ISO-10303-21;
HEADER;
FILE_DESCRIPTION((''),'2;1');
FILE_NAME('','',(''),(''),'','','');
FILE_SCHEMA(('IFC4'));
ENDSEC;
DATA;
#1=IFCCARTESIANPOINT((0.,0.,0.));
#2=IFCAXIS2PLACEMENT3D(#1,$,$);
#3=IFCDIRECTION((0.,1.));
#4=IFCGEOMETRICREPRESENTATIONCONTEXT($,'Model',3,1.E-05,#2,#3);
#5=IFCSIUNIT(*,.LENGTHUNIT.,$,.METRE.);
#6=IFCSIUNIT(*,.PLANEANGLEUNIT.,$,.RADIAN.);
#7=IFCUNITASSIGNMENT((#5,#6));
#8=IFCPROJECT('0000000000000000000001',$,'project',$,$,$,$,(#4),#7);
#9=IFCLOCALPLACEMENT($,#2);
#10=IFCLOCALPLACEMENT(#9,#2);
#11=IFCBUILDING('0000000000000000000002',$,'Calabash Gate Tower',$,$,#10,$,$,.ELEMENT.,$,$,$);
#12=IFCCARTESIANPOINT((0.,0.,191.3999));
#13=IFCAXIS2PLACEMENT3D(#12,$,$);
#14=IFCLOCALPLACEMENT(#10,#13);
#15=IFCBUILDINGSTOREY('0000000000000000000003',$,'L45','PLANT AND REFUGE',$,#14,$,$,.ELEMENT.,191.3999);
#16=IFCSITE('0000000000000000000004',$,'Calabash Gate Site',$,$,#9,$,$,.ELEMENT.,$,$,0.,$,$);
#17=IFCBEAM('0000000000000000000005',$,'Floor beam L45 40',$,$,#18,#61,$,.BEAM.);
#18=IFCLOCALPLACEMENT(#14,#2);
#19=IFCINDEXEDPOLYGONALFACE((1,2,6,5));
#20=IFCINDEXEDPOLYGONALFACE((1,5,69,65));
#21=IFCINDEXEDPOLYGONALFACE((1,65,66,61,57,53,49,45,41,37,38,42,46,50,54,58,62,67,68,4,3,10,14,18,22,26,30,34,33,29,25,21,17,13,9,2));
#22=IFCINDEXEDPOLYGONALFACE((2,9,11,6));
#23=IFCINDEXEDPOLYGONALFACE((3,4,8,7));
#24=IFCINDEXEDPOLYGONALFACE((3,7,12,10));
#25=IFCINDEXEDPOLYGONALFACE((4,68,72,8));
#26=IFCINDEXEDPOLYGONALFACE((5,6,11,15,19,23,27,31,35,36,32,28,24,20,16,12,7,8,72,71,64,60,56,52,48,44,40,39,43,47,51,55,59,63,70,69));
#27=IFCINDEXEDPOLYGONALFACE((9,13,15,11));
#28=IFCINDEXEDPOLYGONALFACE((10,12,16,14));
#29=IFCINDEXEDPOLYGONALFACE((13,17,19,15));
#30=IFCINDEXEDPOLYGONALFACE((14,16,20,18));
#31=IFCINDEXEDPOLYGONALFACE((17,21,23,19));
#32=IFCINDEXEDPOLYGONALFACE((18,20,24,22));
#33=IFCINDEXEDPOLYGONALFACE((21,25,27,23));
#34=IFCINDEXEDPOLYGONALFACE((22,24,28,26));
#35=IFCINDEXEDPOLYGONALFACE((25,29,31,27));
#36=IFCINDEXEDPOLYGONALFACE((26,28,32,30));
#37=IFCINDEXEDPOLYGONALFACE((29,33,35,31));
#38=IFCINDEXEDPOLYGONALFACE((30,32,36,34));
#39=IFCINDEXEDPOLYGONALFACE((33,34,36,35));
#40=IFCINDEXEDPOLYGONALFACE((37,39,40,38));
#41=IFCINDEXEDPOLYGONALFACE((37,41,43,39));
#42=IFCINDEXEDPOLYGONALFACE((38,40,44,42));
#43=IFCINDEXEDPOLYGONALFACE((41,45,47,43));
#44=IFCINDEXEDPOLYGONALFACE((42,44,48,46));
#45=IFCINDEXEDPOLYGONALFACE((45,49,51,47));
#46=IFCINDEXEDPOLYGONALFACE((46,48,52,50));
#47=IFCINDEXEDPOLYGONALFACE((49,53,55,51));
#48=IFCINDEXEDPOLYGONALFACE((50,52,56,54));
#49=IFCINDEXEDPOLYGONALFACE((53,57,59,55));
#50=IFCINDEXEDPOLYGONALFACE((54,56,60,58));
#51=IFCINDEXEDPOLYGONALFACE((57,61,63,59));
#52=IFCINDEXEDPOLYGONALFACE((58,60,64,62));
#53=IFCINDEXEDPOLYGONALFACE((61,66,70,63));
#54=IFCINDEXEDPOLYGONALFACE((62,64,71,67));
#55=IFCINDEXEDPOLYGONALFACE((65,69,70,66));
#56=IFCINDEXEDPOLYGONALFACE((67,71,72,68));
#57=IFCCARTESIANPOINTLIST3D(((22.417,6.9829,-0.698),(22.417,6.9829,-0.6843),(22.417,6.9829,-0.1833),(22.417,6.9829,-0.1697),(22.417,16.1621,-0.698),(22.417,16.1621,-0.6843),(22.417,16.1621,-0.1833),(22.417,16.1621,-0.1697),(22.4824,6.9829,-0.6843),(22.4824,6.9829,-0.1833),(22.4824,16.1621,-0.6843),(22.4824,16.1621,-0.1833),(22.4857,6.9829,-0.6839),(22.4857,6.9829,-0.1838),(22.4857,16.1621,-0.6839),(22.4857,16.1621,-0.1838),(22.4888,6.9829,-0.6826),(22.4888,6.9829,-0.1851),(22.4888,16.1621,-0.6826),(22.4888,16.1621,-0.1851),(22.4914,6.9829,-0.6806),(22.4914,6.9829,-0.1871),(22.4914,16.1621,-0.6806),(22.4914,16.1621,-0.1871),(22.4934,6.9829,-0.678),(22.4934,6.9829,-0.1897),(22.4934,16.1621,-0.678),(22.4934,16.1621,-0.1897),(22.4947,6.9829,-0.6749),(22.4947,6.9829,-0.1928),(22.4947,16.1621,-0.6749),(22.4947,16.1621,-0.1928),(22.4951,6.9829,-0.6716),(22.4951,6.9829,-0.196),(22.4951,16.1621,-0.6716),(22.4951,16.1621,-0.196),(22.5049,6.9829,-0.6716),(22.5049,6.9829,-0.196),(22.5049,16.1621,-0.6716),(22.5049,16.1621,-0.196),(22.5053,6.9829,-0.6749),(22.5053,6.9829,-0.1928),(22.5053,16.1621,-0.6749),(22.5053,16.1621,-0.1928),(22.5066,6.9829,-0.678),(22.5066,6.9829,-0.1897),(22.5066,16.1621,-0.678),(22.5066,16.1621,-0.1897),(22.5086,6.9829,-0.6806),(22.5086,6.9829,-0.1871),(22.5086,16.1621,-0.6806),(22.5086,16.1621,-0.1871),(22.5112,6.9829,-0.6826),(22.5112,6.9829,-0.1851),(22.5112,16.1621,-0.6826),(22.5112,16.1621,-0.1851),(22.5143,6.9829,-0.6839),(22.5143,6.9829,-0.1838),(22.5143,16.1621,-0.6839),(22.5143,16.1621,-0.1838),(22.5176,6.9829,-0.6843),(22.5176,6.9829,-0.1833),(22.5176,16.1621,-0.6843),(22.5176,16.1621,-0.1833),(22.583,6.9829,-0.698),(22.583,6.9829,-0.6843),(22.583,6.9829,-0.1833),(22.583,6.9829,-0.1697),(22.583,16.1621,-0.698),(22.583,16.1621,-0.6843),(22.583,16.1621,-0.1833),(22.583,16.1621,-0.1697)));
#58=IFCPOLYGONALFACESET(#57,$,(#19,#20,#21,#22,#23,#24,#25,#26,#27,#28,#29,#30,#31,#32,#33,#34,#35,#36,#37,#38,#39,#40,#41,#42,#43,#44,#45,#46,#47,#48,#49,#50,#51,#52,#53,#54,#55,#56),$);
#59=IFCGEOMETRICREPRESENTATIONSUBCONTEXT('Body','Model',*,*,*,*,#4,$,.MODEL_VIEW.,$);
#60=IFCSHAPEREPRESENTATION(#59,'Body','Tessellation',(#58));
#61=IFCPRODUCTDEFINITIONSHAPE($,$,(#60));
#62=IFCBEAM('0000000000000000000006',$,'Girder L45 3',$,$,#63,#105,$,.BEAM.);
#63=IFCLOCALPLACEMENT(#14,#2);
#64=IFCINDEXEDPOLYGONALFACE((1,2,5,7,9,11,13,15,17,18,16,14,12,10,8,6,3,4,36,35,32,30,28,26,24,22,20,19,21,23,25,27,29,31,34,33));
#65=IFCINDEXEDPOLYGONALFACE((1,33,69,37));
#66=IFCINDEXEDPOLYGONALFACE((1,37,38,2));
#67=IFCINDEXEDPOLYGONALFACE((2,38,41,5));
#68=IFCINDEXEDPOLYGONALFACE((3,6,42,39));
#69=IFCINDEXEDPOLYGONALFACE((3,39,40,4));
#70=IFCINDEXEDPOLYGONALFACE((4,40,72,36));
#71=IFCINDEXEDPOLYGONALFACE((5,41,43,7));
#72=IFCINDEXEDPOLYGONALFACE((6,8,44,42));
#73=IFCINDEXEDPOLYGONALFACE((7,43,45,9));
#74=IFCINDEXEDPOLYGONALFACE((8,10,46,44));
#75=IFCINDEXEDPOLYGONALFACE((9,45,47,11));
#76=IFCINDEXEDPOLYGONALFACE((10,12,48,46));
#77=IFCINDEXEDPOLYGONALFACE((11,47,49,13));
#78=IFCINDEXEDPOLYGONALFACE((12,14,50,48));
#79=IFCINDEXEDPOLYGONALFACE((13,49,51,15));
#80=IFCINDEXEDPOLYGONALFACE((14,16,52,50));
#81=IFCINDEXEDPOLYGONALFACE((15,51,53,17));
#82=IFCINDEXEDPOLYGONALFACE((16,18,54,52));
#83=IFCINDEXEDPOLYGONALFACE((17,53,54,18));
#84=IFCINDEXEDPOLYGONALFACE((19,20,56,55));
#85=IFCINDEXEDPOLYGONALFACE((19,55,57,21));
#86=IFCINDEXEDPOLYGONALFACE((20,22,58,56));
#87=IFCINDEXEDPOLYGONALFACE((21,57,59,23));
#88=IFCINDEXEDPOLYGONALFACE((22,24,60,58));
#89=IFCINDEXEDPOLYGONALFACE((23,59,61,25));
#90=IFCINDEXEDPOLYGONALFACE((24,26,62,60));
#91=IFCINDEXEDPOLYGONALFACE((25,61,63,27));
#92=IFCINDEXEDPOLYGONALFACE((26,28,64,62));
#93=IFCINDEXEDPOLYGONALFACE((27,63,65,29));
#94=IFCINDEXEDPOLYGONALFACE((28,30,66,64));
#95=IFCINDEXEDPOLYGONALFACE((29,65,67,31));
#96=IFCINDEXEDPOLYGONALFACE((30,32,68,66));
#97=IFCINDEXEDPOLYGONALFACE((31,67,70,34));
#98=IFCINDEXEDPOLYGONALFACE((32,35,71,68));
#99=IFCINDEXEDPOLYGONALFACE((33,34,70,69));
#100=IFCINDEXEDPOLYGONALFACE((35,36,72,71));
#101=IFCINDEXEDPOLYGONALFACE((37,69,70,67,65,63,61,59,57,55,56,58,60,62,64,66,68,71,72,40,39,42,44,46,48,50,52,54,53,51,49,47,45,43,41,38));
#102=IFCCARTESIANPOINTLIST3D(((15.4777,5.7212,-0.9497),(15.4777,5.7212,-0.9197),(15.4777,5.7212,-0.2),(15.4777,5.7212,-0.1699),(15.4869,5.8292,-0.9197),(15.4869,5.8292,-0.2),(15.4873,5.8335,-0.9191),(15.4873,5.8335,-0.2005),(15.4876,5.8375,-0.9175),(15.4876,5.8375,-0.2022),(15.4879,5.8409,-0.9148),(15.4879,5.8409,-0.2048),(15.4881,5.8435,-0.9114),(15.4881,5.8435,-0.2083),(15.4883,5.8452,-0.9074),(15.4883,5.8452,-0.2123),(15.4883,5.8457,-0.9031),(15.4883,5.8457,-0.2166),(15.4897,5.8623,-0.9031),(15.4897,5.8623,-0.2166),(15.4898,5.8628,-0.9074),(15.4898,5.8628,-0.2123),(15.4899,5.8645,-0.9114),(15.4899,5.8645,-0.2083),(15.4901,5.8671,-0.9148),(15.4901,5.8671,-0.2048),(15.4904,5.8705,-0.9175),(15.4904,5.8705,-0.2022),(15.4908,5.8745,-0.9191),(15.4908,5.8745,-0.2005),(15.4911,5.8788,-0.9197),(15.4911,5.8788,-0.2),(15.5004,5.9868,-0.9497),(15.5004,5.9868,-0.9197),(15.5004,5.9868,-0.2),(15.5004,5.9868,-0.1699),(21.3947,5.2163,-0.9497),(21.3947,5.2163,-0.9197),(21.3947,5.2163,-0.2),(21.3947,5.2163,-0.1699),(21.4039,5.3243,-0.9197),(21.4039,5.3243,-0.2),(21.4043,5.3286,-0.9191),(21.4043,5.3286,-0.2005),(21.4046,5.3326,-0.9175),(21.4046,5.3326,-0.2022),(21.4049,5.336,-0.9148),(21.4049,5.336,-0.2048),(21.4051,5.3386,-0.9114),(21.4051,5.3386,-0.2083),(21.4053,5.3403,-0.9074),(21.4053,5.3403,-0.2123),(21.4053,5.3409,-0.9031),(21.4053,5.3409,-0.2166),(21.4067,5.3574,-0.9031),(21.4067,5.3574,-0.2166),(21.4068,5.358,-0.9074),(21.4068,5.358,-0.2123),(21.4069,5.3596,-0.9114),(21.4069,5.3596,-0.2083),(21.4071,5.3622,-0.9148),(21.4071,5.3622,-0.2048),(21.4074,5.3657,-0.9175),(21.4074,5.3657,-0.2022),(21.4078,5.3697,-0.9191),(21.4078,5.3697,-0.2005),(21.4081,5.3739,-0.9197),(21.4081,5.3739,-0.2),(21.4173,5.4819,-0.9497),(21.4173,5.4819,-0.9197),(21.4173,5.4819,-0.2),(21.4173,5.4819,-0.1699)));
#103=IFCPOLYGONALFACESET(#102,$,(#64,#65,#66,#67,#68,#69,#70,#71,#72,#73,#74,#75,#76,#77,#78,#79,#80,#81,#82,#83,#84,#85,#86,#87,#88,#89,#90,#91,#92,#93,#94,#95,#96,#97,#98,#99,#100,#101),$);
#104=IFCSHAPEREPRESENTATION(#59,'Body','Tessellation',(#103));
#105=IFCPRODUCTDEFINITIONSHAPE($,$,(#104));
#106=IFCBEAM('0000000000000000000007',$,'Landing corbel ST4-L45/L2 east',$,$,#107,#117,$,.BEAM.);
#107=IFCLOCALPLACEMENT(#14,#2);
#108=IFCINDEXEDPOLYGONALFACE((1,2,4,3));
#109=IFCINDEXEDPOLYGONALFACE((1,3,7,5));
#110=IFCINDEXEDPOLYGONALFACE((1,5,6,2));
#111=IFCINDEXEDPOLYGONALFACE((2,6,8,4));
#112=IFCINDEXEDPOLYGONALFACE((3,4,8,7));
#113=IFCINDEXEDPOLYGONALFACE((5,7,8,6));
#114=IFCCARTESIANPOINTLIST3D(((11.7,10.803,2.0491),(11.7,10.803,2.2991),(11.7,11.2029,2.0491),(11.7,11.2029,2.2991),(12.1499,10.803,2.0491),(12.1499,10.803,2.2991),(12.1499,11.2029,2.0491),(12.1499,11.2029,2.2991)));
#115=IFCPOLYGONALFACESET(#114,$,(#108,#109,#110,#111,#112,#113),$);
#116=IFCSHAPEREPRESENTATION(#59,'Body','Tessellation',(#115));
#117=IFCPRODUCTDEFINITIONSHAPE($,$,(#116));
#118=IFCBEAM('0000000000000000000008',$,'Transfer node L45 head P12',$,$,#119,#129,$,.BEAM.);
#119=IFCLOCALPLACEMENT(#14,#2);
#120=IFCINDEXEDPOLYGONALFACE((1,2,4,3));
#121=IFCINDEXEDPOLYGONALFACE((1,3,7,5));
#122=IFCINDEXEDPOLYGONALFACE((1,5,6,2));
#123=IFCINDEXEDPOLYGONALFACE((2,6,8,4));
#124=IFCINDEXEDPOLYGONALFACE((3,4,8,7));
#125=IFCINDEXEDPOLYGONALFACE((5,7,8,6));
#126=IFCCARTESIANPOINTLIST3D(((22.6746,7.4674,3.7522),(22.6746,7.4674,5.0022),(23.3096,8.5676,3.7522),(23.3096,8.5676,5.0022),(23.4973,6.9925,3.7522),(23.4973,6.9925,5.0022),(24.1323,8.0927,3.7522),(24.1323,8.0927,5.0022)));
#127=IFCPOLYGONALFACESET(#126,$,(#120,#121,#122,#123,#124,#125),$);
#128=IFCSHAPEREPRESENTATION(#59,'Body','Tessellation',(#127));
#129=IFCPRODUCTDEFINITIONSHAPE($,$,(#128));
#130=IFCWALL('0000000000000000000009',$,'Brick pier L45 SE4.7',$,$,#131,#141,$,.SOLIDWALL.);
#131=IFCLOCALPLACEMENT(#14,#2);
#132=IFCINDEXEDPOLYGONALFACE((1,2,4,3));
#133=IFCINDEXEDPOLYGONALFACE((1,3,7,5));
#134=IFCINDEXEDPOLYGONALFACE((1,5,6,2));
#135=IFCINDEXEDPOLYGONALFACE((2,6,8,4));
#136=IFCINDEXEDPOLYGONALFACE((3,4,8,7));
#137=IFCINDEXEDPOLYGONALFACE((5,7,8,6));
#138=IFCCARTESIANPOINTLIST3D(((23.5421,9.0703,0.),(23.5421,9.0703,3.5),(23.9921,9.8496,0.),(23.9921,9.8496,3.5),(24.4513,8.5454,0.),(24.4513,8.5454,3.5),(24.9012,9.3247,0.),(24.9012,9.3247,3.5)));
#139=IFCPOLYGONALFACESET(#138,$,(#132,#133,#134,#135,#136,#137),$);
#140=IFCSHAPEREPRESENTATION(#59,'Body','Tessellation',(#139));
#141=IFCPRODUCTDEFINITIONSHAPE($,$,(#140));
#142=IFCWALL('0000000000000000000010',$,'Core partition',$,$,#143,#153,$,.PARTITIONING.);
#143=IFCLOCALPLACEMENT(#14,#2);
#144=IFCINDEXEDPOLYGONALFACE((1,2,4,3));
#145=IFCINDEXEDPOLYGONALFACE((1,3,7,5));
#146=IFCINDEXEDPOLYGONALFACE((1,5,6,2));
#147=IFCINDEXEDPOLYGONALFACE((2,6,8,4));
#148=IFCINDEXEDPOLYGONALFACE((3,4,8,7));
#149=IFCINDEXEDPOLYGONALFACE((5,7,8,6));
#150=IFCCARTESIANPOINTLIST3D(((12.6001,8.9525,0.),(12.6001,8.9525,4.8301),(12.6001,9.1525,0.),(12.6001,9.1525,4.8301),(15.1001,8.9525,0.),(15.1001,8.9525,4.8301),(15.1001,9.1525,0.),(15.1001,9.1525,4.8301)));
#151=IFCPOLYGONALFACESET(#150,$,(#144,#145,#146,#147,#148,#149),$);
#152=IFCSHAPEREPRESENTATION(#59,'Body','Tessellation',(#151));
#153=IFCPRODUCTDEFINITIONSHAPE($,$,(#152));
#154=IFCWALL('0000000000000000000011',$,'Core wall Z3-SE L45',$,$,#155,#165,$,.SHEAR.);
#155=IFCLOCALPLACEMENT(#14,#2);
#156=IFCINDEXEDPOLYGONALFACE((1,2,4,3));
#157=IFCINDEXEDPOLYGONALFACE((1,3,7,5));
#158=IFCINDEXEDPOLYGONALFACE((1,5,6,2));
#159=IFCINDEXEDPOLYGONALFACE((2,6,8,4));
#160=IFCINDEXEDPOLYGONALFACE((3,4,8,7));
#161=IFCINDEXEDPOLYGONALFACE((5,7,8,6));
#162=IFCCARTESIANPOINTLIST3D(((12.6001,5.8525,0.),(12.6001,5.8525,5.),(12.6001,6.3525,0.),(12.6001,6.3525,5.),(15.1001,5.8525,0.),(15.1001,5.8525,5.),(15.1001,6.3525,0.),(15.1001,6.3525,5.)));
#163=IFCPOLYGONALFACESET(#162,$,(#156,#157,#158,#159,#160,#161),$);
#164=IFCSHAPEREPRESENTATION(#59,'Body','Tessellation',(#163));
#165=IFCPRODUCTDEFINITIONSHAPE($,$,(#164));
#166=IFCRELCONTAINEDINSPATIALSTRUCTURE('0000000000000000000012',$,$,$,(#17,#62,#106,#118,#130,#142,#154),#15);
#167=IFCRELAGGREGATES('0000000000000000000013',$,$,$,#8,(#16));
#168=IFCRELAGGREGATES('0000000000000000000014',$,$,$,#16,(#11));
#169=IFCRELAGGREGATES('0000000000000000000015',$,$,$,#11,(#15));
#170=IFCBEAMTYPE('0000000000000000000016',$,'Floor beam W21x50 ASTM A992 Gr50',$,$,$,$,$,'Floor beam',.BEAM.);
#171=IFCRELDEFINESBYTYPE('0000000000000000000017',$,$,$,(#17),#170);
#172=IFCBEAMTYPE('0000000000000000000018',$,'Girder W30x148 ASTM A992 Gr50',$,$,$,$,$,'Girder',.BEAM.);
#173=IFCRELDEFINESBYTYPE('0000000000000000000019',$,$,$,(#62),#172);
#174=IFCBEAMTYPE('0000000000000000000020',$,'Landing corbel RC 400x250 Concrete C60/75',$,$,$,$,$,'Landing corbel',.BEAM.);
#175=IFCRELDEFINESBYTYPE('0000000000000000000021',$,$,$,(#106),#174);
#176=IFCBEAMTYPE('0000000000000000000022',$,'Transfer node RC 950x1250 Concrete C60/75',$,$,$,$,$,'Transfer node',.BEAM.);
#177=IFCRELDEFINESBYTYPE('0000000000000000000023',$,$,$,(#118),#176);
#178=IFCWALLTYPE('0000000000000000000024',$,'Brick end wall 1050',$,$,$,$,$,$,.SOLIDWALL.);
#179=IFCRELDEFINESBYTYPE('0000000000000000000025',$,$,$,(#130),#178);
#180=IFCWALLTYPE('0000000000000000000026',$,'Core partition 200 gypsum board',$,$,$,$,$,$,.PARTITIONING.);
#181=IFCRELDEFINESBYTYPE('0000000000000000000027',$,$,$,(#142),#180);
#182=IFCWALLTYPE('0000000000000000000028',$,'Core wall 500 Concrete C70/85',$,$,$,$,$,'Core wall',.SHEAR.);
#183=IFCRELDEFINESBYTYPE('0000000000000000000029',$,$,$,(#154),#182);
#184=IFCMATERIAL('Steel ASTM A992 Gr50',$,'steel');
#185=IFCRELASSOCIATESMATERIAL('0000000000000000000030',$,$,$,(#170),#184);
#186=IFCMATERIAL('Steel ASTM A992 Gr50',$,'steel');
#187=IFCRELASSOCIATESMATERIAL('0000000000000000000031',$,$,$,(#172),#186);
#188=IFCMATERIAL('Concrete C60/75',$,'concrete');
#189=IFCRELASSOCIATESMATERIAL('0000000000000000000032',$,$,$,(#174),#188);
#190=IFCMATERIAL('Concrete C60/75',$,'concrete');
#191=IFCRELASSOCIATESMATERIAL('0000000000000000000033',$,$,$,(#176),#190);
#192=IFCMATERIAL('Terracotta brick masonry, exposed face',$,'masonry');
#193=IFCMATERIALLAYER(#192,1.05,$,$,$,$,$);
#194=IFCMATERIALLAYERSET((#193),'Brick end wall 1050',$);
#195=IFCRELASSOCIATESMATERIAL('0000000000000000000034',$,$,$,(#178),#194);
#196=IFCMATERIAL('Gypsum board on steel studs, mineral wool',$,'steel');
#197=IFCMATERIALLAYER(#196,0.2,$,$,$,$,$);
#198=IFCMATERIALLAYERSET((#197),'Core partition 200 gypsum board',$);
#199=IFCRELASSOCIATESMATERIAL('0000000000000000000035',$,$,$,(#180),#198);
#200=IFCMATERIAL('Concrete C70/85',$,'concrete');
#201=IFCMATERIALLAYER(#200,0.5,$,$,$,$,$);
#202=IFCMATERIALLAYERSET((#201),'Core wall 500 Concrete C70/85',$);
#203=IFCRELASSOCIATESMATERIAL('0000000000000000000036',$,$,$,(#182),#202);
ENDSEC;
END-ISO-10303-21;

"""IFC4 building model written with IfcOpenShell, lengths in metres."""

from ifc_helpers import new_model, si_unit, direction, frame, frame_2d, origin, origin_2d, place, context, subcontext, project, spatial, rectangle, i_section, extrude, material, layer, layer_set, material_profile, profile_set, type_object, element, save


model = new_model("IFC4")

# Units and contexts
model_context = context("Model", 3, precision=1e-05, world=origin(), true_north=direction((0.0, 1.0)))
body_context = subcontext(model_context, "Body", "Model", "MODEL_VIEW")
ifc_project = project(units=[si_unit("LENGTHUNIT", "METRE"), si_unit("PLANEANGLEUNIT", "RADIAN")], contexts=[model_context])

# Site, building, storey
site_placement = place(None, origin())
site = spatial("IfcSite", under=ifc_project, at=site_placement, Name="Calabash Gate Site", CompositionType="ELEMENT", RefElevation=0.0)
building_placement = place(site_placement, origin())
building = spatial("IfcBuilding", under=site, at=building_placement, Name="Calabash Gate Tower", CompositionType="ELEMENT")
storey_placement = place(building_placement, frame((0.0, 0.0, 191.3999)))
storey = spatial("IfcBuildingStorey", under=building, at=storey_placement, Name="L45", Description="PLANT AND REFUGE", CompositionType="ELEMENT", Elevation=191.3999)

# Beams
ifc_material_1 = material(Name="Steel ASTM A992 Gr50", Category="steel")
ifc_material_profile_1 = material_profile(ifc_material_1, i_section(OverallWidth=0.166, OverallDepth=0.5283, WebThickness=0.0098, FlangeThickness=0.0137, FilletRadius=0.0127, at=origin_2d()))
ifc_profile_set_1 = profile_set([ifc_material_profile_1], Name="Steel ASTM A992 Gr50")
beam_type_1 = type_object("IfcBeamType", Name="Floor beam W21x50 ASTM A992 Gr50", ElementType="Floor beam", PredefinedType="BEAM", material=ifc_profile_set_1)
beam_1_placement = place(storey_placement, frame((22.5, 6.9829, -0.4338), z_axis=(0.0, 1.0, 0.0), x_axis=(-1.0, 0.0, 0.0)))
element("IfcBeam", 1, at=beam_1_placement, inside=storey, type_object=beam_type_1, Name="Floor beam L45 40", PredefinedType="BEAM", context=body_context, shape_type="SweptSolid", body=[
    extrude(i_section(OverallWidth=0.166, OverallDepth=0.5283, WebThickness=0.0098, FlangeThickness=0.0137, FilletRadius=0.0127, at=origin_2d()), origin(), (0.0, 0.0, 1.0), 9.1792),
])
ifc_material_2 = material(Name="Steel ASTM A992 Gr50", Category="steel")
ifc_material_profile_2 = material_profile(ifc_material_2, i_section(OverallWidth=0.2666, OverallDepth=0.7798, WebThickness=0.0166, FlangeThickness=0.03, FilletRadius=0.0166, at=origin_2d()))
ifc_profile_set_2 = profile_set([ifc_material_profile_2], Name="Steel ASTM A992 Gr50")
beam_type_2 = type_object("IfcBeamType", Name="Girder W30x148 ASTM A992 Gr50", ElementType="Girder", PredefinedType="BEAM", material=ifc_profile_set_2)
beam_2_placement = place(storey_placement, frame((21.406, 5.3491, -0.5598), z_axis=(-0.996379, 0.085019, 0.0), x_axis=(-0.085019, -0.996379, 0.0)))
element("IfcBeam", 2, at=beam_2_placement, inside=storey, type_object=beam_type_2, Name="Girder L45 3", PredefinedType="BEAM", context=body_context, shape_type="SweptSolid", body=[
    extrude(i_section(OverallWidth=0.2666, OverallDepth=0.7798, WebThickness=0.0166, FlangeThickness=0.03, FilletRadius=0.0166, at=origin_2d()), origin(), (0.0, 0.0, 1.0), 5.9385),
])
ifc_material_3 = material(Name="Concrete C60/75", Category="concrete")
ifc_material_profile_3 = material_profile(ifc_material_3, rectangle(XDim=0.3999, YDim=0.25, at=origin_2d()))
ifc_profile_set_3 = profile_set([ifc_material_profile_3], Name="Concrete C60/75")
beam_type_3 = type_object("IfcBeamType", Name="Landing corbel RC 400x250 Concrete C60/75", ElementType="Landing corbel", PredefinedType="BEAM", material=ifc_profile_set_3)
beam_3_placement = place(storey_placement, frame((12.1499, 11.0029, 2.1741), z_axis=(-1.0, 0.0, 0.0), x_axis=(0.0, -1.0, 0.0)))
element("IfcBeam", 3, at=beam_3_placement, inside=storey, type_object=beam_type_3, Name="Landing corbel ST4-L45/L2 east", PredefinedType="BEAM", context=body_context, shape_type="SweptSolid", body=[
    extrude(rectangle(XDim=0.3999, YDim=0.25, at=origin_2d()), origin(), (0.0, 0.0, 1.0), 0.45),
])
ifc_material_4 = material(Name="Concrete C60/75", Category="concrete")
ifc_material_profile_4 = material_profile(ifc_material_4, rectangle(XDim=0.95, YDim=1.25, at=origin_2d()))
ifc_profile_set_4 = profile_set([ifc_material_profile_4], Name="Concrete C60/75")
beam_type_4 = type_object("IfcBeamType", Name="Transfer node RC 950x1250 Concrete C60/75", ElementType="Transfer node", PredefinedType="BEAM", material=ifc_profile_set_4)
beam_4_placement = place(storey_placement, frame((23.0859, 7.23, 4.3772), z_axis=(0.499922, 0.86607, 0.0), x_axis=(-0.86607, 0.499922, 0.0)))
element("IfcBeam", 4, at=beam_4_placement, inside=storey, type_object=beam_type_4, Name="Transfer node L45 head P12", PredefinedType="BEAM", context=body_context, shape_type="SweptSolid", body=[
    extrude(rectangle(XDim=0.95, YDim=1.25, at=origin_2d()), origin(), (0.0, 0.0, 1.0), 1.2703),
])

# Walls
ifc_material_5 = material(Name="Terracotta brick masonry, exposed face", Category="masonry")
ifc_layer_1 = layer(ifc_material_5, 1.05)
ifc_layer_set_1 = layer_set([ifc_layer_1], Name="Brick end wall 1050")
wall_type_1 = type_object("IfcWallType", Name="Brick end wall 1050", PredefinedType="SOLIDWALL", material=ifc_layer_set_1)
wall_1_placement = place(storey_placement, frame((24.6763, 8.9351, 0.0), z_axis=(0.0, 0.0, 1.0), x_axis=(-0.866031, 0.499991, 0.0)))
element("IfcWall", 5, at=wall_1_placement, inside=storey, type_object=wall_type_1, Name="Brick pier L45 SE4.7", PredefinedType="SOLIDWALL", context=body_context, shape_type="SweptSolid", body=[
    extrude(rectangle(XDim=1.0498, YDim=0.8999, at=frame_2d((0.5249, 0.0))), origin(), (0.0, 0.0, 1.0), 3.5),
])
ifc_material_6 = material(Name="Gypsum board on steel studs, mineral wool", Category="steel")
ifc_layer_2 = layer(ifc_material_6, 0.2)
ifc_layer_set_2 = layer_set([ifc_layer_2], Name="Core partition 200 gypsum board")
wall_type_2 = type_object("IfcWallType", Name="Core partition 200 gypsum board", PredefinedType="PARTITIONING", material=ifc_layer_set_2)
wall_2_placement = place(storey_placement, frame((12.6001, 9.0525, 0.0), z_axis=(0.0, 0.0, 1.0), x_axis=(1.0, 0.0, 0.0)))
element("IfcWall", 6, at=wall_2_placement, inside=storey, type_object=wall_type_2, Name="Core partition", PredefinedType="PARTITIONING", context=body_context, shape_type="SweptSolid", body=[
    extrude(rectangle(XDim=2.5, YDim=0.2, at=frame_2d((1.25, 0.0))), origin(), (0.0, 0.0, 1.0), 4.8301),
])
ifc_material_7 = material(Name="Concrete C70/85", Category="concrete")
ifc_layer_3 = layer(ifc_material_7, 0.5)
ifc_layer_set_3 = layer_set([ifc_layer_3], Name="Core wall 500 Concrete C70/85")
wall_type_3 = type_object("IfcWallType", Name="Core wall 500 Concrete C70/85", ElementType="Core wall", PredefinedType="SHEAR", material=ifc_layer_set_3)
wall_3_placement = place(storey_placement, frame((12.6001, 6.1025, 0.0), z_axis=(0.0, 0.0, 1.0), x_axis=(1.0, 0.0, 0.0)))
element("IfcWall", 7, at=wall_3_placement, inside=storey, type_object=wall_type_3, Name="Core wall Z3-SE L45", PredefinedType="SHEAR", context=body_context, shape_type="SweptSolid", body=[
    extrude(rectangle(XDim=2.5, YDim=0.5, at=frame_2d((1.25, 0.0))), origin(), (0.0, 0.0, 1.0), 5.0),
])

save(model, "model.ifc")
